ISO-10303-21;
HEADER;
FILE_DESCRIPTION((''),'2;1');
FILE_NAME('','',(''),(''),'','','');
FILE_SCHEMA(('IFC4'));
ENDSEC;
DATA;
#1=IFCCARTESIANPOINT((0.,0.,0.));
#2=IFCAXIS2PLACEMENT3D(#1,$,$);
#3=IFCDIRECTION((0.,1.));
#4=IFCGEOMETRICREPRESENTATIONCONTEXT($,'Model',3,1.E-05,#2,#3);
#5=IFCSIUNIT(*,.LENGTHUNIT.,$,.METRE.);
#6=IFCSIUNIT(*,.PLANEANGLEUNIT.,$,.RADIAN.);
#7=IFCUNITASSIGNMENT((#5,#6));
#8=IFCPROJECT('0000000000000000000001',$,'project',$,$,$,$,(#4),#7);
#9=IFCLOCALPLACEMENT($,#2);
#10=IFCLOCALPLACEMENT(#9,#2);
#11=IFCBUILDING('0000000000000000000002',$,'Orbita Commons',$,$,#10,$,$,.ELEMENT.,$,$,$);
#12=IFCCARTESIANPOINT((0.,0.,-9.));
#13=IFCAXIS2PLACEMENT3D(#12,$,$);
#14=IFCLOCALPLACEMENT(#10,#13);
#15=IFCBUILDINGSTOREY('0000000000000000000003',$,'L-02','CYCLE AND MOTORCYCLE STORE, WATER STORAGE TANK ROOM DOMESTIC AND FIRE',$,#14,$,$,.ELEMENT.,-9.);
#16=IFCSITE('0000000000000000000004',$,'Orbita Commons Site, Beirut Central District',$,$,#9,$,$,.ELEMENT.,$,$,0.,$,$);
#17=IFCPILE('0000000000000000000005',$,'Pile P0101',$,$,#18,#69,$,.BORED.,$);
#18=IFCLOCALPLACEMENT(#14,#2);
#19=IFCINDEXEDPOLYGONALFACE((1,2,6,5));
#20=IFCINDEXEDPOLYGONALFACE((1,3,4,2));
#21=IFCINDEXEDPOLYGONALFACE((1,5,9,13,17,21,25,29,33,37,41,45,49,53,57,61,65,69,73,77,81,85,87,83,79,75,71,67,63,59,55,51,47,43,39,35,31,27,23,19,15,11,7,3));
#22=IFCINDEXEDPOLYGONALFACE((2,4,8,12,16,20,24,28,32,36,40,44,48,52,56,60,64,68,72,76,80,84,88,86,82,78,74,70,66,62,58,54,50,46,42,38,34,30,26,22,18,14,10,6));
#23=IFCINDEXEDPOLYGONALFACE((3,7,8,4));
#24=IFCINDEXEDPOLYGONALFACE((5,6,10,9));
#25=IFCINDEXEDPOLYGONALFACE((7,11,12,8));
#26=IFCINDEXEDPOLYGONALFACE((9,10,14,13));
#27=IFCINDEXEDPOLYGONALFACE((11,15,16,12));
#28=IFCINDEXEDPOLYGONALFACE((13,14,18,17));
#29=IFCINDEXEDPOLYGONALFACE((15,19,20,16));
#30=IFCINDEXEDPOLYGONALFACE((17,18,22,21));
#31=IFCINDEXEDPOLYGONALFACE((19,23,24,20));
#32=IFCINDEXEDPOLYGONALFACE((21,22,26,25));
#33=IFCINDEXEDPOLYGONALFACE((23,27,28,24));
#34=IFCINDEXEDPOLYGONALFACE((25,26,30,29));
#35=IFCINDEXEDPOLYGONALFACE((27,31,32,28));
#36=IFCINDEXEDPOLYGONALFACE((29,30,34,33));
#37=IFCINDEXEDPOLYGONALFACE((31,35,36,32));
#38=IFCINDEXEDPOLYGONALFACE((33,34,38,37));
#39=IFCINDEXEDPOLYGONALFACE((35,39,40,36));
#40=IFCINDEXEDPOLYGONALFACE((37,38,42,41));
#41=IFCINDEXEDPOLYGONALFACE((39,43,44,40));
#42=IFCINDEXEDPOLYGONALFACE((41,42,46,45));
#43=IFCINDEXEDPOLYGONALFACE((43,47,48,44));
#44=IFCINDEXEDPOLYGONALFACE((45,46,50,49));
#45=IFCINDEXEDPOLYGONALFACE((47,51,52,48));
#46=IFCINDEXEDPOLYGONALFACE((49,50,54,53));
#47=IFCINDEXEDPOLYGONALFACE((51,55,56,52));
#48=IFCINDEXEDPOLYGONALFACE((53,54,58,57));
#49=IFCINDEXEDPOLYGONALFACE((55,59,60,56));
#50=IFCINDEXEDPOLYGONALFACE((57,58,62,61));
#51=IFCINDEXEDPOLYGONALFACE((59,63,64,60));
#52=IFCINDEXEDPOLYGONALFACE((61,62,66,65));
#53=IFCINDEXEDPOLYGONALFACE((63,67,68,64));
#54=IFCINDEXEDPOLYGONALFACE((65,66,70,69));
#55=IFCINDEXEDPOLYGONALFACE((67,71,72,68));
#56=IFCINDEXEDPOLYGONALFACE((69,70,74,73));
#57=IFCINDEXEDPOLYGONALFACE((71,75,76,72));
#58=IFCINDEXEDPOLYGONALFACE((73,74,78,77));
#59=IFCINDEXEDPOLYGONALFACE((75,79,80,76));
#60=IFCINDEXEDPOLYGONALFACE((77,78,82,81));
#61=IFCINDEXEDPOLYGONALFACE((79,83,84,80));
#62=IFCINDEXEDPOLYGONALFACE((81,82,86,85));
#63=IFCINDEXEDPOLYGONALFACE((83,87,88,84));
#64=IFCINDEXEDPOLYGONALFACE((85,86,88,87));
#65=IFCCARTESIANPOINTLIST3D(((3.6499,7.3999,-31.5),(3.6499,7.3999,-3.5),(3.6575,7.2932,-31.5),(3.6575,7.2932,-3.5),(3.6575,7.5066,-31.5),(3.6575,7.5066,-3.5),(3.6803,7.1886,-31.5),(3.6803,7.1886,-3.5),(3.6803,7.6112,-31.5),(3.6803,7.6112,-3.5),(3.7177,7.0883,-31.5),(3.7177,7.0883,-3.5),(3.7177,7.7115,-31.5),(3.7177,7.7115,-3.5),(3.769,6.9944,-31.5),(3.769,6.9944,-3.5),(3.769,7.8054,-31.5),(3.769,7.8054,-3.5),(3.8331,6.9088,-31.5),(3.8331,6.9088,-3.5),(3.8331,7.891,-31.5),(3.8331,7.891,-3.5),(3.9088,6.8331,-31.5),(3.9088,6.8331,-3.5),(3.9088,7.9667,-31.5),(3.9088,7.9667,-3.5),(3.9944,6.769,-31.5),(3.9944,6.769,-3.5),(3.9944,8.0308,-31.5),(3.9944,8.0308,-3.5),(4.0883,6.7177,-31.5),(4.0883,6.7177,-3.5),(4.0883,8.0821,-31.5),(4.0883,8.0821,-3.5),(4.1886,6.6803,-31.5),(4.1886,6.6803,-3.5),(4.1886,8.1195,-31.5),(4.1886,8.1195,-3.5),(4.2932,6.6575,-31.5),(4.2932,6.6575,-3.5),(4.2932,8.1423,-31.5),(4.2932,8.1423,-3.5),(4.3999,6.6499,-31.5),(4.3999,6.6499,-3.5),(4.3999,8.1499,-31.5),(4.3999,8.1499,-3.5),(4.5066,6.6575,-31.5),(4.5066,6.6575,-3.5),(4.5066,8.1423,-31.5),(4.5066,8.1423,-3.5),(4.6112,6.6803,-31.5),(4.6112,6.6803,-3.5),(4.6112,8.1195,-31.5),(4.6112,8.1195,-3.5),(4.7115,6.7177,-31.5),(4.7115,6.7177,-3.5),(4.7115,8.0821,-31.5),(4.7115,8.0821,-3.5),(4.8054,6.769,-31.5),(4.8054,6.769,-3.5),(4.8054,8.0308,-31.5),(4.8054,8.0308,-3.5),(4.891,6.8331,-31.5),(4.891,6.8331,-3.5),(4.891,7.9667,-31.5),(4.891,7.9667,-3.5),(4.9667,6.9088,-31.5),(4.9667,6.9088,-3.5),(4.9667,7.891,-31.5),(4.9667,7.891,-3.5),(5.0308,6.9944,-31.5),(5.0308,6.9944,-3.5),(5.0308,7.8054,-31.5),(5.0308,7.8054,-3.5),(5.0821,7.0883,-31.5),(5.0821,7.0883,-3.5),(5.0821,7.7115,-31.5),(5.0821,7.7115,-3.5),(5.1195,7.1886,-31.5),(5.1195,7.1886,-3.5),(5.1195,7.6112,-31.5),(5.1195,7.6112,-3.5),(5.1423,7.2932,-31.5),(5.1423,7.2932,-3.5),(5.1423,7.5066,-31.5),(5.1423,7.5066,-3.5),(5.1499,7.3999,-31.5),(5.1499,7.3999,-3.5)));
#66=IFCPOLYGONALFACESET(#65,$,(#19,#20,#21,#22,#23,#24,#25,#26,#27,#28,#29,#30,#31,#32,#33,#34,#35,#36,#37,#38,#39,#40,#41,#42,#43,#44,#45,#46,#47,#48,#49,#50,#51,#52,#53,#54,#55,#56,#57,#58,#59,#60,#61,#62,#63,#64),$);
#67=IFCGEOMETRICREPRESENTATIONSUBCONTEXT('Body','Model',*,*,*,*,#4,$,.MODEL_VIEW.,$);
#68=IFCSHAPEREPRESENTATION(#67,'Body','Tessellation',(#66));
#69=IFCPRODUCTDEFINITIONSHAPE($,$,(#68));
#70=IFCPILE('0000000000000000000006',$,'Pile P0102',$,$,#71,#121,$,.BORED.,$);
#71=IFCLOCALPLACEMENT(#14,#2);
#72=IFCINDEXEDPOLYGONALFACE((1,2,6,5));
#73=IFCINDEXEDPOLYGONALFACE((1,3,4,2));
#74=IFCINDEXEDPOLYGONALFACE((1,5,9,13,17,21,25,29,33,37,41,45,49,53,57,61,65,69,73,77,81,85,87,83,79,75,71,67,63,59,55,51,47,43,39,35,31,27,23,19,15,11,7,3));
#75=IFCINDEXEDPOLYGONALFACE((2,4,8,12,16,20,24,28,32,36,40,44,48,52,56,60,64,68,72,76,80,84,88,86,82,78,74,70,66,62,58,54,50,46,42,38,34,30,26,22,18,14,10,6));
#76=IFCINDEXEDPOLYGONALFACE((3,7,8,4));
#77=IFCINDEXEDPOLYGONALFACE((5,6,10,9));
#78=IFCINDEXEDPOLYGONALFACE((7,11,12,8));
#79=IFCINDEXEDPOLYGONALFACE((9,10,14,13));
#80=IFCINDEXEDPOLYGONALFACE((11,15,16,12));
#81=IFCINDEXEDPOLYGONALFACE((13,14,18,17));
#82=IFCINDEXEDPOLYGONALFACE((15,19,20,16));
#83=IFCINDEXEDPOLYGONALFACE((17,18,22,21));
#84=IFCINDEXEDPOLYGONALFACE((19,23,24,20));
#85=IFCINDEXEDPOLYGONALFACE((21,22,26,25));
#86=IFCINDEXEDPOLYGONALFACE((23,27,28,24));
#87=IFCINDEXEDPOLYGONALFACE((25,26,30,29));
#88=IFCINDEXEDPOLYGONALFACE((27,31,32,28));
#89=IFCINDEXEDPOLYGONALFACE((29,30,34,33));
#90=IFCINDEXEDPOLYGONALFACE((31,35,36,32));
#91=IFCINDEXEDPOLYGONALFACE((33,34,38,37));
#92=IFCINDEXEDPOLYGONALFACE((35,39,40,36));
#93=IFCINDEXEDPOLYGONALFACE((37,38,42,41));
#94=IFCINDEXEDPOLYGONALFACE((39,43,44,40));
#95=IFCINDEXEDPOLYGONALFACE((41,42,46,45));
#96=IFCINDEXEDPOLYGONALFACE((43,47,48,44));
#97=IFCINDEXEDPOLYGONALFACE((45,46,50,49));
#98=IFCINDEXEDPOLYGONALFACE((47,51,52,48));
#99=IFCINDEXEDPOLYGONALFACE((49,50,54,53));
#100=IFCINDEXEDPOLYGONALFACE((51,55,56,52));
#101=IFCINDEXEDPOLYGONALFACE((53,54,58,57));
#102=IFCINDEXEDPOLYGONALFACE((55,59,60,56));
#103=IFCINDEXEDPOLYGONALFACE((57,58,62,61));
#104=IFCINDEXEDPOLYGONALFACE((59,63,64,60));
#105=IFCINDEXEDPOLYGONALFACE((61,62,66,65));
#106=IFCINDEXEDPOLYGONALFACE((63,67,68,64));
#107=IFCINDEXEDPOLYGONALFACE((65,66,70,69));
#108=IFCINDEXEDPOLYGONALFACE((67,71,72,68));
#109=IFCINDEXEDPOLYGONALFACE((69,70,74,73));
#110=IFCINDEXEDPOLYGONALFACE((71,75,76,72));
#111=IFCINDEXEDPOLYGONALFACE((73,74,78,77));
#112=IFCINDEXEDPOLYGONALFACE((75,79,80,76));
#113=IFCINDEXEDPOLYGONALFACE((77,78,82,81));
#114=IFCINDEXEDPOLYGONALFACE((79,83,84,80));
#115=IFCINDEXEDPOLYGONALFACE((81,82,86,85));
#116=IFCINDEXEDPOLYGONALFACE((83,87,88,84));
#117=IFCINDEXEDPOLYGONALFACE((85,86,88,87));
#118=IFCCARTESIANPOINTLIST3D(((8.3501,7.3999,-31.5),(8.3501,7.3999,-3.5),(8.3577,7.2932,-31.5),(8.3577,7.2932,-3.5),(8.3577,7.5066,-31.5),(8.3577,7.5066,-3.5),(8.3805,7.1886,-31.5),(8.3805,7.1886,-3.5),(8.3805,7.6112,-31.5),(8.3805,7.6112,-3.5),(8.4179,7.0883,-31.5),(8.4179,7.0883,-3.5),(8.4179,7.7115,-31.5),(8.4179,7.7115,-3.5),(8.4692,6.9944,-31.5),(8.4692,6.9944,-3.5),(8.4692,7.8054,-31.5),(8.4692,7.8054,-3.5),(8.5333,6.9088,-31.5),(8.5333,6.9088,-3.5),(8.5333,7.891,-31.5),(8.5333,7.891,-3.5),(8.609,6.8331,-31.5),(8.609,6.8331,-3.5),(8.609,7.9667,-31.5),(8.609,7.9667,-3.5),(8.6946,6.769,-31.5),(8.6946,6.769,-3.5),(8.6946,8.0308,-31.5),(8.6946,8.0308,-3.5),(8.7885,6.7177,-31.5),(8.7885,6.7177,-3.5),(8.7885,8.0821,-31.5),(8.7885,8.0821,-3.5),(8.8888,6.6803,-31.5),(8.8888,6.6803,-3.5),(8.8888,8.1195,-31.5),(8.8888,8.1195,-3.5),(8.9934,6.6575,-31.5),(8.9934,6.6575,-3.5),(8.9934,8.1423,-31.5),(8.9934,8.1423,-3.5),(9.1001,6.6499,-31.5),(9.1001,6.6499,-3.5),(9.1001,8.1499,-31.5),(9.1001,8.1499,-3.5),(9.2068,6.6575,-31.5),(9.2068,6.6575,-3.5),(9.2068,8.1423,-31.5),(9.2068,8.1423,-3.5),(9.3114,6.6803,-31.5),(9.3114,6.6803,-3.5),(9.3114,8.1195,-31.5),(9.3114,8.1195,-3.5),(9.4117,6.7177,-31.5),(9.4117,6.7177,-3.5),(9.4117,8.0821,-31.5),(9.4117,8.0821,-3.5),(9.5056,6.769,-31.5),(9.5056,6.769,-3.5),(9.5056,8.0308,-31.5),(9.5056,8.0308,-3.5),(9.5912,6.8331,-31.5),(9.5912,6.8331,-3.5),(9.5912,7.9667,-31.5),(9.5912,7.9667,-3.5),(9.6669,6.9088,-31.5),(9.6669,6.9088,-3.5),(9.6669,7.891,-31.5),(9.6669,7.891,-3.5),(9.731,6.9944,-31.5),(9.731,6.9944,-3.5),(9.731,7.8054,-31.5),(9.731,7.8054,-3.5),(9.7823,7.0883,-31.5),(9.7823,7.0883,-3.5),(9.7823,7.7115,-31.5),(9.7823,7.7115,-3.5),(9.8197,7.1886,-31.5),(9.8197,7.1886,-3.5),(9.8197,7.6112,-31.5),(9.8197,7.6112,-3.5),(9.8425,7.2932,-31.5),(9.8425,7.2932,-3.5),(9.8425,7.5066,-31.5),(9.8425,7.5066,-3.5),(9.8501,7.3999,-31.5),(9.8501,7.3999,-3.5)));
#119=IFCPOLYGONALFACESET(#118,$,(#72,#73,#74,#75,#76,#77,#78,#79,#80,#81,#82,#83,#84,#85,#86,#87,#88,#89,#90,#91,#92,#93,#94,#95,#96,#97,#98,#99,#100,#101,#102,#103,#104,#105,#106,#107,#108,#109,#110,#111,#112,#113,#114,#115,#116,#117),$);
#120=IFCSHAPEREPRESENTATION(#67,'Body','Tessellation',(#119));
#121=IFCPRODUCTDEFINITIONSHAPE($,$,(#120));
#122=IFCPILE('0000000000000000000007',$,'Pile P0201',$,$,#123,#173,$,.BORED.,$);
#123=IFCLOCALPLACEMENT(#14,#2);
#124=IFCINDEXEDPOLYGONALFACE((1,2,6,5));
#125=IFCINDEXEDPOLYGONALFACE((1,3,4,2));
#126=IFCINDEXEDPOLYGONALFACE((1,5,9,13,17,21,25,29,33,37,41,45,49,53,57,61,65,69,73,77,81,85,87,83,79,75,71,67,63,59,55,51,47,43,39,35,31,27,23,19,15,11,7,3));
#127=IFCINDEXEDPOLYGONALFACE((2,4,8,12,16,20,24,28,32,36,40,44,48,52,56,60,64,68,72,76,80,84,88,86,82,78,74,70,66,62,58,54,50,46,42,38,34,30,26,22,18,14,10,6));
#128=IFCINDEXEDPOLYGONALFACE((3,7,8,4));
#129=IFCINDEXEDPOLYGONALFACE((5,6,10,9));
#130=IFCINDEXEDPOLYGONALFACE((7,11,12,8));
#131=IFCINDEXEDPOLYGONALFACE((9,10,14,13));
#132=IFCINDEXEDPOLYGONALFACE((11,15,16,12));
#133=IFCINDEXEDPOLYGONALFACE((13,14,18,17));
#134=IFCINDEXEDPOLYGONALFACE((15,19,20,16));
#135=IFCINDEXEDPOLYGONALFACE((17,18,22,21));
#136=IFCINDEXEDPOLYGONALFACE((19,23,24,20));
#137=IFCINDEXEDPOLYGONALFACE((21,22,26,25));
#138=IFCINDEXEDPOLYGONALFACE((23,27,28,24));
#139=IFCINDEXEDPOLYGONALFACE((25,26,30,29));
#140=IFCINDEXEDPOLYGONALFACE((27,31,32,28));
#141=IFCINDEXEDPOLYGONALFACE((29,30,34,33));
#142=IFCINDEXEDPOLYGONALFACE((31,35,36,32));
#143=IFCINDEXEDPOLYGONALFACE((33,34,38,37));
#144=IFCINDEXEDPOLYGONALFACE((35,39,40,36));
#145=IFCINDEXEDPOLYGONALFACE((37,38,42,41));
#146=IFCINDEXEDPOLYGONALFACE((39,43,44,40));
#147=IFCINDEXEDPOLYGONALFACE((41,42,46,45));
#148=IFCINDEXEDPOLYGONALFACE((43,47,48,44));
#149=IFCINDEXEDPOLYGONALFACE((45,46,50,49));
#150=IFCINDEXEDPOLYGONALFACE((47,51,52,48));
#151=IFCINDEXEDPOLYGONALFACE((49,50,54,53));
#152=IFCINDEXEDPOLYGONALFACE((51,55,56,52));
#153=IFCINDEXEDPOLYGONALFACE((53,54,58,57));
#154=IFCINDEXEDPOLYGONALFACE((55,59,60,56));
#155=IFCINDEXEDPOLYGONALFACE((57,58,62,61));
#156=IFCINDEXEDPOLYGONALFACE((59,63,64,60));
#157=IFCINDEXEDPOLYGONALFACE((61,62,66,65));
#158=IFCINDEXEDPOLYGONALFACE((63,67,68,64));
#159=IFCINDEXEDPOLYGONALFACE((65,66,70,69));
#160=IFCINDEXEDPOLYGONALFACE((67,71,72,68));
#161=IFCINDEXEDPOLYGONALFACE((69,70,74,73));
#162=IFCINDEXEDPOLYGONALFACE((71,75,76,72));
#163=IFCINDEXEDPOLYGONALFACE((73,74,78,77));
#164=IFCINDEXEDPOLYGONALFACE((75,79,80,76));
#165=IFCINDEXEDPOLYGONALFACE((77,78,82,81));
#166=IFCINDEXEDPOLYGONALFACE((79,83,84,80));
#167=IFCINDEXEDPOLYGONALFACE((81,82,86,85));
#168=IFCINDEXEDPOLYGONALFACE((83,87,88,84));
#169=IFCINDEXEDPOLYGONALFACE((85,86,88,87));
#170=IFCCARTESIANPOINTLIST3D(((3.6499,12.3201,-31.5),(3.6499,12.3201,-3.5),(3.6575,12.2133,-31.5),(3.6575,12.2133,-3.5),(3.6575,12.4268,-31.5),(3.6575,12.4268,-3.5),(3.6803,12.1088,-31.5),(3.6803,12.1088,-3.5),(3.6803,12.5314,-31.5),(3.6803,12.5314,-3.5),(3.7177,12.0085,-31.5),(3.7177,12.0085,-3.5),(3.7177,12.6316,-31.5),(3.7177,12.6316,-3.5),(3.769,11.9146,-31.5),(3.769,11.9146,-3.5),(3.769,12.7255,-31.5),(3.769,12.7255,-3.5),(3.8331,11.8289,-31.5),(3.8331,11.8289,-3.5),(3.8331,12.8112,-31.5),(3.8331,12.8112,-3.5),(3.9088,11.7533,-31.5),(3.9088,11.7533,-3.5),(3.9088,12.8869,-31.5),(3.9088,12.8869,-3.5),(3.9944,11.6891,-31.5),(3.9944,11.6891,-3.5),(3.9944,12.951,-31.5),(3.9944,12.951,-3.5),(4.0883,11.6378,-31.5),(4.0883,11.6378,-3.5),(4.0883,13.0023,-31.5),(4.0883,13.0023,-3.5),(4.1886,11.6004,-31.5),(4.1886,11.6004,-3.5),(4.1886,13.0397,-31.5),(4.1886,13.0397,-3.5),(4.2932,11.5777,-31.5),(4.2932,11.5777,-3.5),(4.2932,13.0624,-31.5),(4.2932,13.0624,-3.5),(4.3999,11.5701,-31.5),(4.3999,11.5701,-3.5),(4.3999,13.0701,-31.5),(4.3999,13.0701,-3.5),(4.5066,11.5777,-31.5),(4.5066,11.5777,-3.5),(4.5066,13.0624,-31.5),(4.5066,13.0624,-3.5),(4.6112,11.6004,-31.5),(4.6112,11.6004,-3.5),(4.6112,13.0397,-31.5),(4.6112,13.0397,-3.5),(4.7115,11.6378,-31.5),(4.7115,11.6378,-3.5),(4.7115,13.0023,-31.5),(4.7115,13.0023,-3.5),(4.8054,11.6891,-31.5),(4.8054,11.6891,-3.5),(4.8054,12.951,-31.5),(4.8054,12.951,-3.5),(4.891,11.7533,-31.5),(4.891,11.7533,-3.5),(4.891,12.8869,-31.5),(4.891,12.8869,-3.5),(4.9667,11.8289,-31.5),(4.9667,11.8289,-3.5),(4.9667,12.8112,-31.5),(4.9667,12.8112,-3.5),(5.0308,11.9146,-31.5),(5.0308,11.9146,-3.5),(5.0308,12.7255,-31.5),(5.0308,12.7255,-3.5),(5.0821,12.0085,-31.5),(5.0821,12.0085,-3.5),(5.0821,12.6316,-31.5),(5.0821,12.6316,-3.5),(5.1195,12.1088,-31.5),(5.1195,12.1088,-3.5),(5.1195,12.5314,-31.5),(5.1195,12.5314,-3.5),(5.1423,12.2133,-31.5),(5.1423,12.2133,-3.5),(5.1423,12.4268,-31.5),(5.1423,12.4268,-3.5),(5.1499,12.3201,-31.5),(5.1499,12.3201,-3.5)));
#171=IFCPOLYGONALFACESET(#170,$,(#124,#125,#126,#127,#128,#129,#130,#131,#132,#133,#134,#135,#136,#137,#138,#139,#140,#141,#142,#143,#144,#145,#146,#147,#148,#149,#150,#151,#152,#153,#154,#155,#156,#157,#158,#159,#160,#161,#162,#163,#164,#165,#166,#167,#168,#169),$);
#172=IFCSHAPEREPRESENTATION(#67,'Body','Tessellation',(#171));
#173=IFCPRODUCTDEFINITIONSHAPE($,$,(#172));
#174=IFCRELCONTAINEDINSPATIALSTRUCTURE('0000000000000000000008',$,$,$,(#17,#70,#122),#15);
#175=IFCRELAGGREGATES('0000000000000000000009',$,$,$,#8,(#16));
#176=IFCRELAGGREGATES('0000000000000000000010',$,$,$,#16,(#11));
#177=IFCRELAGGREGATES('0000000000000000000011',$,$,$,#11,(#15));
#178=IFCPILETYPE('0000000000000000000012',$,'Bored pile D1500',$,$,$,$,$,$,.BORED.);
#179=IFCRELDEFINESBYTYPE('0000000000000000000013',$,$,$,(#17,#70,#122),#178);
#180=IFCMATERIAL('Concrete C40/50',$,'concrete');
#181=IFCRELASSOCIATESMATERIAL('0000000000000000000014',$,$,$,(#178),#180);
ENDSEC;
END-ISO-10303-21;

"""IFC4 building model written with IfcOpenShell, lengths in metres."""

from ifc_helpers import new_model, si_unit, direction, frame, origin, origin_2d, place, context, subcontext, project, spatial, circle, extrude, material, material_profile, profile_set, type_object, element, save


model = new_model("IFC4")

# Units and contexts
model_context = context("Model", 3, precision=1e-05, world=origin(), true_north=direction((0.0, 1.0)))
body_context = subcontext(model_context, "Body", "Model", "MODEL_VIEW")
ifc_project = project(units=[si_unit("LENGTHUNIT", "METRE"), si_unit("PLANEANGLEUNIT", "RADIAN")], contexts=[model_context])

# Site, building, storey
site_placement = place(None, origin())
site = spatial("IfcSite", under=ifc_project, at=site_placement, Name="Orbita Commons Site, Beirut Central District", CompositionType="ELEMENT", RefElevation=0.0)
building_placement = place(site_placement, origin())
building = spatial("IfcBuilding", under=site, at=building_placement, Name="Orbita Commons", CompositionType="ELEMENT")
storey_placement = place(building_placement, frame((0.0, 0.0, -9.0)))
storey = spatial("IfcBuildingStorey", under=building, at=storey_placement, Name="L-02", Description="CYCLE AND MOTORCYCLE STORE, WATER STORAGE TANK ROOM DOMESTIC AND FIRE", CompositionType="ELEMENT", Elevation=-9.0)

# Piles
ifc_material_1 = material(Name="Concrete C40/50", Category="concrete")
ifc_material_profile_1 = material_profile(ifc_material_1, circle(Radius=0.75, at=origin_2d()), Name="RC D1500")
ifc_profile_set_1 = profile_set([ifc_material_profile_1], Name="Concrete C40/50")
pile_type = type_object("IfcPileType", Name="Bored pile D1500", PredefinedType="BORED", material=ifc_profile_set_1)
for number, where, z_axis, x_axis, name in (
    (1, (4.3999, 7.3999, -3.5), (0.0, 0.0, -1.0), (1.0, 0.0, 0.0), "Pile P0101"),
    (2, (9.1001, 7.3999, -3.5), (0.0, 0.0, -1.0), (1.0, 0.0, 0.0), "Pile P0102"),
    (3, (4.3999, 12.3201, -3.5), (0.0, 0.0, -1.0), (1.0, 0.0, 0.0), "Pile P0201"),
):
    element("IfcPile", number, at=place(storey_placement, frame(where, z_axis=z_axis, x_axis=x_axis)), inside=storey, type_object=pile_type, Name=name, PredefinedType="BORED", context=body_context, shape_type="SweptSolid", body=[
        extrude(circle(Radius=0.75, at=origin_2d()), origin(), (0.0, 0.0, 1.0), 28.0),
    ])

save(model, "model.ifc")
